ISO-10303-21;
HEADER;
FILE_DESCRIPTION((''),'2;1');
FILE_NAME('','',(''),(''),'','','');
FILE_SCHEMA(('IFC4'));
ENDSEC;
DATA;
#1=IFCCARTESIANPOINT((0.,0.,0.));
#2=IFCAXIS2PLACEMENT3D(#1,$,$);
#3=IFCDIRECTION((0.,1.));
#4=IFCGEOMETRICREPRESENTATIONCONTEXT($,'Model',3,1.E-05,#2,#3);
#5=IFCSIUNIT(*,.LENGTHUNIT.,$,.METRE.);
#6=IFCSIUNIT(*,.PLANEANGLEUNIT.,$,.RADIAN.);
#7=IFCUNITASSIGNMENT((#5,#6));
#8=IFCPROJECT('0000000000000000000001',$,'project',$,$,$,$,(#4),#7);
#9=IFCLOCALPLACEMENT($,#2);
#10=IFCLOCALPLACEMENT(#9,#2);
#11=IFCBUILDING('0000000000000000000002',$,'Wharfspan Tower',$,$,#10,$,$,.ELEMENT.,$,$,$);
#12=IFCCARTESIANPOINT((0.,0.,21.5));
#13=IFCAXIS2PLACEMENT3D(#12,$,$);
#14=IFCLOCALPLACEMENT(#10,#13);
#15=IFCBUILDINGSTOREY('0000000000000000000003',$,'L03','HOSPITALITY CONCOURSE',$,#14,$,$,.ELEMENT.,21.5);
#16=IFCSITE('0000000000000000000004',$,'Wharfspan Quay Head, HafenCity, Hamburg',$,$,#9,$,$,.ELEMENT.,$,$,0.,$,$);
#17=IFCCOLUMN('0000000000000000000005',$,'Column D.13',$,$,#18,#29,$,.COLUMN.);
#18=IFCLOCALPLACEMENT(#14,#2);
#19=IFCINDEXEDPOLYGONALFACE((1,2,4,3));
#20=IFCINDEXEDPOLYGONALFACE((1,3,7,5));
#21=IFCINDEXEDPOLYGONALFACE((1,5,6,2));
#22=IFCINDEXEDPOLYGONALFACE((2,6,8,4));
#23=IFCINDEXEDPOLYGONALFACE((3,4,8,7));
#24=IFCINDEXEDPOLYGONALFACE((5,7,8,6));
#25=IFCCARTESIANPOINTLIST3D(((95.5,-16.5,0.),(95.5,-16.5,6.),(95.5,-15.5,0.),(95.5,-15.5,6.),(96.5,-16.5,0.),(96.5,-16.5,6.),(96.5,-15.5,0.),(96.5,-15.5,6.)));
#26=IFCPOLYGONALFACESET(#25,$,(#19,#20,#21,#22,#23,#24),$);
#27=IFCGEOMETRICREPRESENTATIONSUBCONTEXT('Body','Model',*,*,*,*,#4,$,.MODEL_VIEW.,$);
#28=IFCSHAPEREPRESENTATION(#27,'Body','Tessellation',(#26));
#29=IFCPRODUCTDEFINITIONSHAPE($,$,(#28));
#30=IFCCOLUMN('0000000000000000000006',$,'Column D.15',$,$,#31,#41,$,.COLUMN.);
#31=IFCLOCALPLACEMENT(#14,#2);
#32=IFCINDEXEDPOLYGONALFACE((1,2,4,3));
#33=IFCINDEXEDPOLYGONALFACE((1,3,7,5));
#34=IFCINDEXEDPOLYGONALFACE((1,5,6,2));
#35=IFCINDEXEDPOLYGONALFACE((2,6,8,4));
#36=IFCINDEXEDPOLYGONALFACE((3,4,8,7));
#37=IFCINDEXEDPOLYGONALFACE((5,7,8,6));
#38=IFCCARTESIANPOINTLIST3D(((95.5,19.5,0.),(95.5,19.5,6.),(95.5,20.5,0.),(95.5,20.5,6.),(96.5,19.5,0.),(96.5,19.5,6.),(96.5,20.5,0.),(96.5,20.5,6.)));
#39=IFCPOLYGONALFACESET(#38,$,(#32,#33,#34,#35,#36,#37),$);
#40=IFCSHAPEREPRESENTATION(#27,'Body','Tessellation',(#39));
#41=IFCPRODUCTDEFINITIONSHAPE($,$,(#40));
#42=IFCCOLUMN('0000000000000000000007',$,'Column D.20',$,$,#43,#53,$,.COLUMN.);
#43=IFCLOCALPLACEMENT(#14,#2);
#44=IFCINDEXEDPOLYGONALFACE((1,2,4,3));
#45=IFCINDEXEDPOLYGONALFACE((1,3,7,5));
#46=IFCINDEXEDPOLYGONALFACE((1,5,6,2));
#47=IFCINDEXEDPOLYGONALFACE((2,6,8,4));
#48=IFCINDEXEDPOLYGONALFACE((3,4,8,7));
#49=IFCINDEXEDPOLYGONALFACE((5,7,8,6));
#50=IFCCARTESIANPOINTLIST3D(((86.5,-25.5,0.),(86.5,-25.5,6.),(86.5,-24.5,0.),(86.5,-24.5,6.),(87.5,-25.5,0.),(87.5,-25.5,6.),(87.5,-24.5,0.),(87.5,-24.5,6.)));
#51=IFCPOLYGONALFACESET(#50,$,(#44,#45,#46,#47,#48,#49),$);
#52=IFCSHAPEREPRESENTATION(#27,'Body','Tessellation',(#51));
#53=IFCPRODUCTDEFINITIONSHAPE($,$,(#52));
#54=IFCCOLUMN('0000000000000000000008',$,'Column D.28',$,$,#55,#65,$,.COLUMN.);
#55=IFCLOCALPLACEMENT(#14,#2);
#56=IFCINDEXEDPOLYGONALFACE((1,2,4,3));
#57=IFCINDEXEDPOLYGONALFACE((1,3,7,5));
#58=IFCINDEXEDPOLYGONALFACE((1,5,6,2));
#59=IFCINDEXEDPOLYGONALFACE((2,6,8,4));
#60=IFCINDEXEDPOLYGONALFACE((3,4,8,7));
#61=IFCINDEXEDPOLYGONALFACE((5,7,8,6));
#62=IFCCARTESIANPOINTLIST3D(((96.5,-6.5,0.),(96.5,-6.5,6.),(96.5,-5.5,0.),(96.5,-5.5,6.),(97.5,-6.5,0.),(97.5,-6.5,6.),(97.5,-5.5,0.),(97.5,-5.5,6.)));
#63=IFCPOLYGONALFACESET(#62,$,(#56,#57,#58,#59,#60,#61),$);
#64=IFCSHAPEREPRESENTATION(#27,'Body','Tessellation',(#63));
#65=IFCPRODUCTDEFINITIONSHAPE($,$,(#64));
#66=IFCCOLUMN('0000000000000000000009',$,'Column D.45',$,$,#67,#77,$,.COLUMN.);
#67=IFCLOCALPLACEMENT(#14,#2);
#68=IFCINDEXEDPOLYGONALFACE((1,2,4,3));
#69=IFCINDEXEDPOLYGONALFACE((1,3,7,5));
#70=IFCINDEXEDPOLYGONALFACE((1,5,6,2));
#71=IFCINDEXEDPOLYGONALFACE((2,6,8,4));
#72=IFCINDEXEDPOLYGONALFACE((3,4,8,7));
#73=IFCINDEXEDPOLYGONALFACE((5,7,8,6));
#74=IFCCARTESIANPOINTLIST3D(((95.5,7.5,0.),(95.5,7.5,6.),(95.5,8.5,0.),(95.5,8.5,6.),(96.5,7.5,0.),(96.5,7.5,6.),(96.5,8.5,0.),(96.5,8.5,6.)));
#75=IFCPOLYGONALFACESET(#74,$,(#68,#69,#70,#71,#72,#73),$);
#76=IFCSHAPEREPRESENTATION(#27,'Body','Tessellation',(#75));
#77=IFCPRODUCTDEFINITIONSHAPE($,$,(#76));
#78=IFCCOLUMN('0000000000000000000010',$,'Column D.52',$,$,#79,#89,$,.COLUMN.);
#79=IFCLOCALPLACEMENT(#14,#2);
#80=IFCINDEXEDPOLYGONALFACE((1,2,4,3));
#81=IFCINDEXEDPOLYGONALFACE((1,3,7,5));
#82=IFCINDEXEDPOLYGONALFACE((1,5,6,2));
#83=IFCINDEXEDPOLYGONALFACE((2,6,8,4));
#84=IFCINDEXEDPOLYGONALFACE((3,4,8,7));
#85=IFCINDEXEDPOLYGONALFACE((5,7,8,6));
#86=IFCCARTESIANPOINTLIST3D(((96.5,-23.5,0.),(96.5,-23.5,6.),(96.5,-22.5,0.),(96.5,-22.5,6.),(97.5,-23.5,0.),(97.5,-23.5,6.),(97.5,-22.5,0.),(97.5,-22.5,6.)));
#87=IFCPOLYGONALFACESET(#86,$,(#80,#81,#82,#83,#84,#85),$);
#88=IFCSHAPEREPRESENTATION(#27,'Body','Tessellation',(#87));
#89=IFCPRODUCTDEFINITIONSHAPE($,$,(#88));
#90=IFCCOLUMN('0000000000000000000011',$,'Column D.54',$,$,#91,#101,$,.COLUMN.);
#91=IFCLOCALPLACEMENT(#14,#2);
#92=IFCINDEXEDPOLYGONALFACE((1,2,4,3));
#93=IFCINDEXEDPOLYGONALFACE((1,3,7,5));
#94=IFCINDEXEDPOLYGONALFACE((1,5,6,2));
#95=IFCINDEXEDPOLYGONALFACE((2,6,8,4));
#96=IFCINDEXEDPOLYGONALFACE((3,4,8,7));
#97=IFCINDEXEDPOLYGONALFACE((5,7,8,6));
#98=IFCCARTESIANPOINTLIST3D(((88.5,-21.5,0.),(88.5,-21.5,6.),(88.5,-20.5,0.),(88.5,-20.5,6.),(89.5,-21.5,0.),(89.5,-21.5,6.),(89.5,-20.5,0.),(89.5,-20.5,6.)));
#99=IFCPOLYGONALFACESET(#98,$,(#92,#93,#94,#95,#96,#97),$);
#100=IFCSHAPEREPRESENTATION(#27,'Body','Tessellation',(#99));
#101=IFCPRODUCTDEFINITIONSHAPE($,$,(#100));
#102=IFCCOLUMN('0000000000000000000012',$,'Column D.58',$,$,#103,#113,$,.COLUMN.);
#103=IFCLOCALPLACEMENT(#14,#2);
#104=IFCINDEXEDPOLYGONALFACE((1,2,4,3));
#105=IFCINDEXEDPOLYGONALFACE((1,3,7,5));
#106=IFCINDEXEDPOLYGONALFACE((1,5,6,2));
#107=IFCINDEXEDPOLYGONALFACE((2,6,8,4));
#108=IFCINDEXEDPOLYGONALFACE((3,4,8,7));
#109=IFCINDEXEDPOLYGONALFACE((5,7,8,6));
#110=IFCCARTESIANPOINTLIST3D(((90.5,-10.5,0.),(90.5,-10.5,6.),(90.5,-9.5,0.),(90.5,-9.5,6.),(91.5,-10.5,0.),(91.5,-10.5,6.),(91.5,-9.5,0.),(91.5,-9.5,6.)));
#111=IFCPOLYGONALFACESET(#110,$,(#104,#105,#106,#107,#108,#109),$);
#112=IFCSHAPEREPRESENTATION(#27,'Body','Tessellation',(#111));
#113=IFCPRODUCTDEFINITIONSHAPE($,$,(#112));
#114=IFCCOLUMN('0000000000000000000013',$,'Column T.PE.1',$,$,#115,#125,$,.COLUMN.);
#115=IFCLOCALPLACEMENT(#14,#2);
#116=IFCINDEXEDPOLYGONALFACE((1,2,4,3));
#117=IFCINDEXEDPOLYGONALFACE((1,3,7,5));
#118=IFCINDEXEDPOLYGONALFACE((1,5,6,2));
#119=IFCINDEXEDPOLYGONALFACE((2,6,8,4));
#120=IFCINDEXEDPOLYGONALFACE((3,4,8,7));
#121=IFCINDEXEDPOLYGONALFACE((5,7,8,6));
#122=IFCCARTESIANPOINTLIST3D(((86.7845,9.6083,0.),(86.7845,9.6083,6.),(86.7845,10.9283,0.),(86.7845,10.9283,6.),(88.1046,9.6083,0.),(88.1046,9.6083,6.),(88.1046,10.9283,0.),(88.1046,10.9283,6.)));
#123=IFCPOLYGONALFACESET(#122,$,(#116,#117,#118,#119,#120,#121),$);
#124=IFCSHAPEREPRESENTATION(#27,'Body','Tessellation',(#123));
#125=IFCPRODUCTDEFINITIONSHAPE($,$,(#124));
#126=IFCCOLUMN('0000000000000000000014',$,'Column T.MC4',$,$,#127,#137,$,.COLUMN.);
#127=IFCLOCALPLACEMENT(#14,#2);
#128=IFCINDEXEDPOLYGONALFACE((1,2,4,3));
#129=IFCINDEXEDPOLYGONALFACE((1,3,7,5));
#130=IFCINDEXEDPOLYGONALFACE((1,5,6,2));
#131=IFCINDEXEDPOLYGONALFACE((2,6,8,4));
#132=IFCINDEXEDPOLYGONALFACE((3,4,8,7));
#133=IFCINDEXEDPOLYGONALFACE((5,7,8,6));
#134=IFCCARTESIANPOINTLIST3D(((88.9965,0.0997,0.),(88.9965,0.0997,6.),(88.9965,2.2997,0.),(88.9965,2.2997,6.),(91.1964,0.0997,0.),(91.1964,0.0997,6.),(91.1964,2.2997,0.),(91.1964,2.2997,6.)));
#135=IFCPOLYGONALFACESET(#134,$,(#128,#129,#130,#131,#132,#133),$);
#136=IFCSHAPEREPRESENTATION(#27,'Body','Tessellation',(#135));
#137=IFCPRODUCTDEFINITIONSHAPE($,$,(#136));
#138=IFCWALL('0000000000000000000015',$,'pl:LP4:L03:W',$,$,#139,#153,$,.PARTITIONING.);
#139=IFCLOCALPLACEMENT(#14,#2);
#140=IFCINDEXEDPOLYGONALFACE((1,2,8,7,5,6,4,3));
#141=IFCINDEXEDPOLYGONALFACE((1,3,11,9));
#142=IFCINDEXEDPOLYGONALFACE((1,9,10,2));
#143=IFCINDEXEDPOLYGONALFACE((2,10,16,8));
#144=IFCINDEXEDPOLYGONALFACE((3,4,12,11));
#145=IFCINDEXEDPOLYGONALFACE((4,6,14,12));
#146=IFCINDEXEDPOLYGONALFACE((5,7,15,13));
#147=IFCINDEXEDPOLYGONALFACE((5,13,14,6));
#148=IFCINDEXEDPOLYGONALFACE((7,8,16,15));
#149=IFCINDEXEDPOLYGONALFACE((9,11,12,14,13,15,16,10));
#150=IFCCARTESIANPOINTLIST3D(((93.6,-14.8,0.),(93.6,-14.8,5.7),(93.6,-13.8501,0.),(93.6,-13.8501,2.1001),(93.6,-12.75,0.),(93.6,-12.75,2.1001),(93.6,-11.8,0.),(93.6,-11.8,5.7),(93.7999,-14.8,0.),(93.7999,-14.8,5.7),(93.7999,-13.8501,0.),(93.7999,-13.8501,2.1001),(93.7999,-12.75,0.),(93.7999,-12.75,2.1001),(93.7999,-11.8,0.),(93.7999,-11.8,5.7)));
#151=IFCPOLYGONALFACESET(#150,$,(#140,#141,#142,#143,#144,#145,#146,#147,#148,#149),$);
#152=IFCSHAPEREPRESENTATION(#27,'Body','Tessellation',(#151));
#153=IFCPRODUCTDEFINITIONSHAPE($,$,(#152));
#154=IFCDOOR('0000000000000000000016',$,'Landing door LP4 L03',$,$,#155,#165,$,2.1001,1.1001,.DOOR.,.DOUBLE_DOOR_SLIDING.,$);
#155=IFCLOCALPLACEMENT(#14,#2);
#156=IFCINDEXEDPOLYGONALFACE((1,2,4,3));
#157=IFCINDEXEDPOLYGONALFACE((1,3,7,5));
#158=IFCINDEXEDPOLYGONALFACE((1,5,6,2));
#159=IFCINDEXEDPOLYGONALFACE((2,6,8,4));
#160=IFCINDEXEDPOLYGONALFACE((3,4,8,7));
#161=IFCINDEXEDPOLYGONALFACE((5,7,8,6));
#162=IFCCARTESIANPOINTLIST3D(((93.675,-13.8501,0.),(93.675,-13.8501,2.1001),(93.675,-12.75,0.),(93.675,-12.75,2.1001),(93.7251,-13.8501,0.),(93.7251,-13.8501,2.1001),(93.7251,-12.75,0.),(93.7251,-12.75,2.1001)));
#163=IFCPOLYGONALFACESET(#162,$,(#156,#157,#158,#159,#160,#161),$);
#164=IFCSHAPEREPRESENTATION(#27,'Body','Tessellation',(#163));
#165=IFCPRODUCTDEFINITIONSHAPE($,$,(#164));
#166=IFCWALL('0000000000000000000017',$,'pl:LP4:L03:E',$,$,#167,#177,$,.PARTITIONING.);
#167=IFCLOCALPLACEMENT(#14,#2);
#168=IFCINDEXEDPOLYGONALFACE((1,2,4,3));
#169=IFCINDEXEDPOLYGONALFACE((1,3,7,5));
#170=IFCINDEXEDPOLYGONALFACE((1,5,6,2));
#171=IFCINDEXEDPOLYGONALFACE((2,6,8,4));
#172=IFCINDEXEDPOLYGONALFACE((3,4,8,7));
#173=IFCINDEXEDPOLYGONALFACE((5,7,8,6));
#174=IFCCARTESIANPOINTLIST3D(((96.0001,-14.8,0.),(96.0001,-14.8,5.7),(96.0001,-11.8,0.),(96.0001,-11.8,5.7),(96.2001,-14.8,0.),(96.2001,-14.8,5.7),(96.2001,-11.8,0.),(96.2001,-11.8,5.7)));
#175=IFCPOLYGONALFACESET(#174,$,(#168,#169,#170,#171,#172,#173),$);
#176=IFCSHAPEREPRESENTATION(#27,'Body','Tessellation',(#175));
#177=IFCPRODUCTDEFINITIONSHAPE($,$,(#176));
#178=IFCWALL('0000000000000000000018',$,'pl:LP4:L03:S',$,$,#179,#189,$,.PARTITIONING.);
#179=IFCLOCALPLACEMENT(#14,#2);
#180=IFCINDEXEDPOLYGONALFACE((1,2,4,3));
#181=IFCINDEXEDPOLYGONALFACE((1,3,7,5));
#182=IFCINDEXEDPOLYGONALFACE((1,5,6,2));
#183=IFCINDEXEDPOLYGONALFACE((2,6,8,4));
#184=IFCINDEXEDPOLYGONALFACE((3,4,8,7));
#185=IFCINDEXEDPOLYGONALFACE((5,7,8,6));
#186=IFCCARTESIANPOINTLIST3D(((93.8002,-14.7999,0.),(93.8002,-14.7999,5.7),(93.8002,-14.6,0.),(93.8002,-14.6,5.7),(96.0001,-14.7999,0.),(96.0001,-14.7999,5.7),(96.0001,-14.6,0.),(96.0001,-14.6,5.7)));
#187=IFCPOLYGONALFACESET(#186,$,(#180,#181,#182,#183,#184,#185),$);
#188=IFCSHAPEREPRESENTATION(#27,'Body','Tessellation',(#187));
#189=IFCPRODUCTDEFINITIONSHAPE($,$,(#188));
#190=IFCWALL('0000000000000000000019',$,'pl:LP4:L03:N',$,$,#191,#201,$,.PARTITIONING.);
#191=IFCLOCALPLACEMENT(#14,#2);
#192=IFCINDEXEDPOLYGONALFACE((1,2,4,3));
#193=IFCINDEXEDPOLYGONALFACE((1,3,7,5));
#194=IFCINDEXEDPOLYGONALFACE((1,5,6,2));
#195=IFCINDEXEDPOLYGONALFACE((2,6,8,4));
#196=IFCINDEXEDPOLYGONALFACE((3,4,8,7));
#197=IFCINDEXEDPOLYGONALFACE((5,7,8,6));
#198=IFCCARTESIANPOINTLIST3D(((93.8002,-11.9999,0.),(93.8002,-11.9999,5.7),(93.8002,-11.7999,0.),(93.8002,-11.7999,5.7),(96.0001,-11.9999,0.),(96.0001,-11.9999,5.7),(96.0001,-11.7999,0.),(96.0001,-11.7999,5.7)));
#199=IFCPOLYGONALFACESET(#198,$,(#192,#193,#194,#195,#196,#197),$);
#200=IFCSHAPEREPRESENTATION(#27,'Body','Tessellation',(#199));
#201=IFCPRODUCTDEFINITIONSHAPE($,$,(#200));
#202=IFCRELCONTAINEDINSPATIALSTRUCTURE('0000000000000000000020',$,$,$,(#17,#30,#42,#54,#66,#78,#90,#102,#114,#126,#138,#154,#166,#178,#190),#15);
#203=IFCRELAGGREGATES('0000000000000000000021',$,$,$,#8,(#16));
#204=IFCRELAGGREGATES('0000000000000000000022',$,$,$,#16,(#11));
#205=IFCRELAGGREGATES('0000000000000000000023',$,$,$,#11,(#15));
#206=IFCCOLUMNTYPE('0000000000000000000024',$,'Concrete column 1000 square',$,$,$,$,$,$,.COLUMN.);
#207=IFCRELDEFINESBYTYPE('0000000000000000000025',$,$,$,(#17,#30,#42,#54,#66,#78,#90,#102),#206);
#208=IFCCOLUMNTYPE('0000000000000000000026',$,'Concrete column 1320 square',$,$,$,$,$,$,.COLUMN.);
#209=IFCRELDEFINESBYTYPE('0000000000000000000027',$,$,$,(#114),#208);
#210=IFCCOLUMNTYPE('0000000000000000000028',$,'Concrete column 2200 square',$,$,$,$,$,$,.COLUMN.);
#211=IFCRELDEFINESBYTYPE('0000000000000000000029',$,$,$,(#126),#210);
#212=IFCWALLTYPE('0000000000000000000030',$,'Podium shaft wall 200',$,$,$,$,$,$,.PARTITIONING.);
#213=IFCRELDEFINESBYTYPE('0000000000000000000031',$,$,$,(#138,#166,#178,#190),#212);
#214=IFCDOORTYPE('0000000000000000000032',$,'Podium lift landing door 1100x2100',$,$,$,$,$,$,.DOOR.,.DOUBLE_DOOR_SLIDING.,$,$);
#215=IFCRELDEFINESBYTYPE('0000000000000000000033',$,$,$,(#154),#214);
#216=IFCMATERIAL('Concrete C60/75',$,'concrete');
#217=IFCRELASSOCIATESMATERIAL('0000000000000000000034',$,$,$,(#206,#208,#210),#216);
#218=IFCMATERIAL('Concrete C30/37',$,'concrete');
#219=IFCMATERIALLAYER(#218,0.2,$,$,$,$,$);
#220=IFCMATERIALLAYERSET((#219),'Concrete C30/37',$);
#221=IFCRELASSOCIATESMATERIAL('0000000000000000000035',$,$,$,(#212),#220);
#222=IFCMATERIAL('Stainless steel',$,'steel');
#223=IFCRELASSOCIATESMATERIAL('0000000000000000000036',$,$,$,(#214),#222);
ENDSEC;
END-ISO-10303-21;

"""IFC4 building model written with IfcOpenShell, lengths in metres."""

from ifc_helpers import new_model, si_unit, direction, frame, frame_2d, origin, origin_2d, place, context, subcontext, project, spatial, rectangle, extrude, material, layer, layer_set, material_profile, profile_set, type_object, element, fill, save


model = new_model("IFC4")

# Units and contexts
model_context = context("Model", 3, precision=1e-05, world=origin(), true_north=direction((0.0, 1.0)))
body_context = subcontext(model_context, "Body", "Model", "MODEL_VIEW")
ifc_project = project(units=[si_unit("LENGTHUNIT", "METRE"), si_unit("PLANEANGLEUNIT", "RADIAN")], contexts=[model_context])

# Site, building, storey
site_placement = place(None, origin())
site = spatial("IfcSite", under=ifc_project, at=site_placement, Name="Wharfspan Quay Head, HafenCity, Hamburg", CompositionType="ELEMENT", RefElevation=0.0)
building_placement = place(site_placement, origin())
building = spatial("IfcBuilding", under=site, at=building_placement, Name="Wharfspan Tower", CompositionType="ELEMENT")
storey_placement = place(building_placement, frame((0.0, 0.0, 21.5)))
storey = spatial("IfcBuildingStorey", under=building, at=storey_placement, Name="L03", Description="HOSPITALITY CONCOURSE", CompositionType="ELEMENT", Elevation=21.5)

# Columns
ifc_material_1 = material(Name="Concrete C60/75", Category="concrete")
ifc_material_profile_1 = material_profile(ifc_material_1, rectangle(XDim=1.0, YDim=1.0, at=origin_2d()))
ifc_profile_set_1 = profile_set([ifc_material_profile_1], Name="Concrete C60/75")
column_type_1 = type_object("IfcColumnType", Name="Concrete column 1000 square", PredefinedType="COLUMN", material=ifc_profile_set_1)
for number, where, z_axis, x_axis, name in (
    (1, (96.0, -16.0, 0.0), (0.0, 0.0, 1.0), (1.0, 0.0, 0.0), "Column D.13"),
    (2, (96.0, 20.0, 0.0), (0.0, 0.0, 1.0), (1.0, 0.0, 0.0), "Column D.15"),
    (3, (87.0, -25.0, 0.0), (0.0, 0.0, 1.0), (1.0, 0.0, 0.0), "Column D.20"),
    (4, (97.0, -6.0, 0.0), (0.0, 0.0, 1.0), (1.0, 0.0, 0.0), "Column D.28"),
    (5, (96.0, 8.0, 0.0), (0.0, 0.0, 1.0), (1.0, 0.0, 0.0), "Column D.45"),
    (6, (97.0, -23.0, 0.0), (0.0, 0.0, 1.0), (1.0, 0.0, 0.0), "Column D.52"),
    (7, (89.0, -21.0, 0.0), (0.0, 0.0, 1.0), (1.0, 0.0, 0.0), "Column D.54"),
    (8, (91.0, -10.0, 0.0), (0.0, 0.0, 1.0), (1.0, 0.0, 0.0), "Column D.58"),
):
    element("IfcColumn", number, at=place(storey_placement, frame(where, z_axis=z_axis, x_axis=x_axis)), inside=storey, type_object=column_type_1, Name=name, PredefinedType="COLUMN", context=body_context, shape_type="SweptSolid", body=[
        extrude(rectangle(XDim=1.0, YDim=1.0, at=origin_2d()), origin(), (0.0, 0.0, 1.0), 6.0),
    ])
ifc_material_profile_2 = material_profile(ifc_material_1, rectangle(XDim=1.3201, YDim=1.3201, at=origin_2d()))
ifc_profile_set_2 = profile_set([ifc_material_profile_2], Name="Concrete C60/75")
column_type_2 = type_object("IfcColumnType", Name="Concrete column 1320 square", PredefinedType="COLUMN", material=ifc_profile_set_2)
column_1_placement = place(storey_placement, frame((87.4446, 10.2683, 0.0), z_axis=(0.0, 0.0, 1.0), x_axis=(1.0, 0.0, 0.0)))
element("IfcColumn", 9, at=column_1_placement, inside=storey, type_object=column_type_2, Name="Column T.PE.1", PredefinedType="COLUMN", context=body_context, shape_type="SweptSolid", body=[
    extrude(rectangle(XDim=1.3201, YDim=1.3201, at=origin_2d()), origin(), (0.0, 0.0, 1.0), 6.0),
])
ifc_material_profile_3 = material_profile(ifc_material_1, rectangle(XDim=2.2, YDim=2.2, at=origin_2d()))
ifc_profile_set_3 = profile_set([ifc_material_profile_3], Name="Concrete C60/75")
column_type_3 = type_object("IfcColumnType", Name="Concrete column 2200 square", PredefinedType="COLUMN", material=ifc_profile_set_3)
column_2_placement = place(storey_placement, frame((90.0964, 1.1997, 0.0), z_axis=(0.0, 0.0, 1.0), x_axis=(1.0, 0.0, 0.0)))
element("IfcColumn", 10, at=column_2_placement, inside=storey, type_object=column_type_3, Name="Column T.MC4", PredefinedType="COLUMN", context=body_context, shape_type="SweptSolid", body=[
    extrude(rectangle(XDim=2.2, YDim=2.2, at=origin_2d()), origin(), (0.0, 0.0, 1.0), 6.0),
])

# Wall, opening, door
ifc_material_2 = material(Name="Concrete C30/37", Category="concrete")
ifc_layer_1 = layer(ifc_material_2, 0.2)
ifc_layer_set_1 = layer_set([ifc_layer_1], Name="Concrete C30/37")
wall_type_1 = type_object("IfcWallType", Name="Podium shaft wall 200", PredefinedType="PARTITIONING", material=ifc_layer_set_1)
wall_1_placement = place(storey_placement, frame((93.7, -14.8, 0.0), z_axis=(0.0, 0.0, 1.0), x_axis=(0.0, 1.0, 0.0)))
wall_1 = element("IfcWall", 11, at=wall_1_placement, inside=storey, type_object=wall_type_1, Name="pl:LP4:L03:W", PredefinedType="PARTITIONING", context=body_context, shape_type="SweptSolid", body=[
    extrude(rectangle(XDim=3.0, YDim=0.2, at=frame_2d((1.5, 0.0))), origin(), (0.0, 0.0, 1.0), 5.7),
])
opening_placement = place(wall_1_placement, frame((0.95, 0.0, 0.0)))
opening = element("IfcOpeningElement", 12, at=opening_placement, cuts=wall_1, PredefinedType="OPENING", context=body_context, shape_type="SweptSolid", body=[
    extrude(rectangle(XDim=1.1001, YDim=2.1001, at=frame_2d((0.55, 1.05))), frame((0.0, 0.1099, 0.0), z_axis=(0.0, -1.0, 0.0), x_axis=(1.0, 0.0, 0.0)), (0.0, 0.0, 1.0), 0.22),
])
ifc_material_3 = material(Name="Stainless steel", Category="steel")
door_type = type_object("IfcDoorType", Name="Podium lift landing door 1100x2100", OperationType="DOUBLE_DOOR_SLIDING", PredefinedType="DOOR", material=ifc_material_3)
door_placement = place(opening_placement, origin())
door = element("IfcDoor", 13, at=door_placement, inside=storey, type_object=door_type, Name="Landing door LP4 L03", OperationType="DOUBLE_DOOR_SLIDING", OverallHeight=2.1001, OverallWidth=1.1001, PredefinedType="DOOR", context=body_context, shape_type="SweptSolid", body=[
    extrude(rectangle(XDim=1.1001, YDim=2.1001, at=frame_2d((0.55, 1.05))), frame((0.0, 0.0249, 0.0), z_axis=(0.0, -1.0, 0.0), x_axis=(1.0, 0.0, 0.0)), (0.0, 0.0, 1.0), 0.05),
])
fill(opening, door)

# Walls
wall_2_placement = place(storey_placement, frame((96.1001, -14.8, 0.0), z_axis=(0.0, 0.0, 1.0), x_axis=(0.0, 1.0, 0.0)))
element("IfcWall", 14, at=wall_2_placement, inside=storey, type_object=wall_type_1, Name="pl:LP4:L03:E", PredefinedType="PARTITIONING", context=body_context, shape_type="SweptSolid", body=[
    extrude(rectangle(XDim=3.0, YDim=0.2, at=frame_2d((1.5, 0.0))), origin(), (0.0, 0.0, 1.0), 5.7),
])
for number, where, z_axis, x_axis, name in (
    (15, (93.8, -14.7, 0.0), (0.0, 0.0, 1.0), (1.0, 0.0, 0.0), "pl:LP4:L03:S"),
    (16, (93.8, -11.8999, 0.0), (0.0, 0.0, 1.0), (1.0, 0.0, 0.0), "pl:LP4:L03:N"),
):
    element("IfcWall", number, at=place(storey_placement, frame(where, z_axis=z_axis, x_axis=x_axis)), inside=storey, type_object=wall_type_1, Name=name, PredefinedType="PARTITIONING", context=body_context, shape_type="SweptSolid", body=[
        extrude(rectangle(XDim=2.2, YDim=0.2, at=frame_2d((1.1001, 0.0))), origin(), (0.0, 0.0, 1.0), 5.7),
    ])

save(model, "model.ifc")
